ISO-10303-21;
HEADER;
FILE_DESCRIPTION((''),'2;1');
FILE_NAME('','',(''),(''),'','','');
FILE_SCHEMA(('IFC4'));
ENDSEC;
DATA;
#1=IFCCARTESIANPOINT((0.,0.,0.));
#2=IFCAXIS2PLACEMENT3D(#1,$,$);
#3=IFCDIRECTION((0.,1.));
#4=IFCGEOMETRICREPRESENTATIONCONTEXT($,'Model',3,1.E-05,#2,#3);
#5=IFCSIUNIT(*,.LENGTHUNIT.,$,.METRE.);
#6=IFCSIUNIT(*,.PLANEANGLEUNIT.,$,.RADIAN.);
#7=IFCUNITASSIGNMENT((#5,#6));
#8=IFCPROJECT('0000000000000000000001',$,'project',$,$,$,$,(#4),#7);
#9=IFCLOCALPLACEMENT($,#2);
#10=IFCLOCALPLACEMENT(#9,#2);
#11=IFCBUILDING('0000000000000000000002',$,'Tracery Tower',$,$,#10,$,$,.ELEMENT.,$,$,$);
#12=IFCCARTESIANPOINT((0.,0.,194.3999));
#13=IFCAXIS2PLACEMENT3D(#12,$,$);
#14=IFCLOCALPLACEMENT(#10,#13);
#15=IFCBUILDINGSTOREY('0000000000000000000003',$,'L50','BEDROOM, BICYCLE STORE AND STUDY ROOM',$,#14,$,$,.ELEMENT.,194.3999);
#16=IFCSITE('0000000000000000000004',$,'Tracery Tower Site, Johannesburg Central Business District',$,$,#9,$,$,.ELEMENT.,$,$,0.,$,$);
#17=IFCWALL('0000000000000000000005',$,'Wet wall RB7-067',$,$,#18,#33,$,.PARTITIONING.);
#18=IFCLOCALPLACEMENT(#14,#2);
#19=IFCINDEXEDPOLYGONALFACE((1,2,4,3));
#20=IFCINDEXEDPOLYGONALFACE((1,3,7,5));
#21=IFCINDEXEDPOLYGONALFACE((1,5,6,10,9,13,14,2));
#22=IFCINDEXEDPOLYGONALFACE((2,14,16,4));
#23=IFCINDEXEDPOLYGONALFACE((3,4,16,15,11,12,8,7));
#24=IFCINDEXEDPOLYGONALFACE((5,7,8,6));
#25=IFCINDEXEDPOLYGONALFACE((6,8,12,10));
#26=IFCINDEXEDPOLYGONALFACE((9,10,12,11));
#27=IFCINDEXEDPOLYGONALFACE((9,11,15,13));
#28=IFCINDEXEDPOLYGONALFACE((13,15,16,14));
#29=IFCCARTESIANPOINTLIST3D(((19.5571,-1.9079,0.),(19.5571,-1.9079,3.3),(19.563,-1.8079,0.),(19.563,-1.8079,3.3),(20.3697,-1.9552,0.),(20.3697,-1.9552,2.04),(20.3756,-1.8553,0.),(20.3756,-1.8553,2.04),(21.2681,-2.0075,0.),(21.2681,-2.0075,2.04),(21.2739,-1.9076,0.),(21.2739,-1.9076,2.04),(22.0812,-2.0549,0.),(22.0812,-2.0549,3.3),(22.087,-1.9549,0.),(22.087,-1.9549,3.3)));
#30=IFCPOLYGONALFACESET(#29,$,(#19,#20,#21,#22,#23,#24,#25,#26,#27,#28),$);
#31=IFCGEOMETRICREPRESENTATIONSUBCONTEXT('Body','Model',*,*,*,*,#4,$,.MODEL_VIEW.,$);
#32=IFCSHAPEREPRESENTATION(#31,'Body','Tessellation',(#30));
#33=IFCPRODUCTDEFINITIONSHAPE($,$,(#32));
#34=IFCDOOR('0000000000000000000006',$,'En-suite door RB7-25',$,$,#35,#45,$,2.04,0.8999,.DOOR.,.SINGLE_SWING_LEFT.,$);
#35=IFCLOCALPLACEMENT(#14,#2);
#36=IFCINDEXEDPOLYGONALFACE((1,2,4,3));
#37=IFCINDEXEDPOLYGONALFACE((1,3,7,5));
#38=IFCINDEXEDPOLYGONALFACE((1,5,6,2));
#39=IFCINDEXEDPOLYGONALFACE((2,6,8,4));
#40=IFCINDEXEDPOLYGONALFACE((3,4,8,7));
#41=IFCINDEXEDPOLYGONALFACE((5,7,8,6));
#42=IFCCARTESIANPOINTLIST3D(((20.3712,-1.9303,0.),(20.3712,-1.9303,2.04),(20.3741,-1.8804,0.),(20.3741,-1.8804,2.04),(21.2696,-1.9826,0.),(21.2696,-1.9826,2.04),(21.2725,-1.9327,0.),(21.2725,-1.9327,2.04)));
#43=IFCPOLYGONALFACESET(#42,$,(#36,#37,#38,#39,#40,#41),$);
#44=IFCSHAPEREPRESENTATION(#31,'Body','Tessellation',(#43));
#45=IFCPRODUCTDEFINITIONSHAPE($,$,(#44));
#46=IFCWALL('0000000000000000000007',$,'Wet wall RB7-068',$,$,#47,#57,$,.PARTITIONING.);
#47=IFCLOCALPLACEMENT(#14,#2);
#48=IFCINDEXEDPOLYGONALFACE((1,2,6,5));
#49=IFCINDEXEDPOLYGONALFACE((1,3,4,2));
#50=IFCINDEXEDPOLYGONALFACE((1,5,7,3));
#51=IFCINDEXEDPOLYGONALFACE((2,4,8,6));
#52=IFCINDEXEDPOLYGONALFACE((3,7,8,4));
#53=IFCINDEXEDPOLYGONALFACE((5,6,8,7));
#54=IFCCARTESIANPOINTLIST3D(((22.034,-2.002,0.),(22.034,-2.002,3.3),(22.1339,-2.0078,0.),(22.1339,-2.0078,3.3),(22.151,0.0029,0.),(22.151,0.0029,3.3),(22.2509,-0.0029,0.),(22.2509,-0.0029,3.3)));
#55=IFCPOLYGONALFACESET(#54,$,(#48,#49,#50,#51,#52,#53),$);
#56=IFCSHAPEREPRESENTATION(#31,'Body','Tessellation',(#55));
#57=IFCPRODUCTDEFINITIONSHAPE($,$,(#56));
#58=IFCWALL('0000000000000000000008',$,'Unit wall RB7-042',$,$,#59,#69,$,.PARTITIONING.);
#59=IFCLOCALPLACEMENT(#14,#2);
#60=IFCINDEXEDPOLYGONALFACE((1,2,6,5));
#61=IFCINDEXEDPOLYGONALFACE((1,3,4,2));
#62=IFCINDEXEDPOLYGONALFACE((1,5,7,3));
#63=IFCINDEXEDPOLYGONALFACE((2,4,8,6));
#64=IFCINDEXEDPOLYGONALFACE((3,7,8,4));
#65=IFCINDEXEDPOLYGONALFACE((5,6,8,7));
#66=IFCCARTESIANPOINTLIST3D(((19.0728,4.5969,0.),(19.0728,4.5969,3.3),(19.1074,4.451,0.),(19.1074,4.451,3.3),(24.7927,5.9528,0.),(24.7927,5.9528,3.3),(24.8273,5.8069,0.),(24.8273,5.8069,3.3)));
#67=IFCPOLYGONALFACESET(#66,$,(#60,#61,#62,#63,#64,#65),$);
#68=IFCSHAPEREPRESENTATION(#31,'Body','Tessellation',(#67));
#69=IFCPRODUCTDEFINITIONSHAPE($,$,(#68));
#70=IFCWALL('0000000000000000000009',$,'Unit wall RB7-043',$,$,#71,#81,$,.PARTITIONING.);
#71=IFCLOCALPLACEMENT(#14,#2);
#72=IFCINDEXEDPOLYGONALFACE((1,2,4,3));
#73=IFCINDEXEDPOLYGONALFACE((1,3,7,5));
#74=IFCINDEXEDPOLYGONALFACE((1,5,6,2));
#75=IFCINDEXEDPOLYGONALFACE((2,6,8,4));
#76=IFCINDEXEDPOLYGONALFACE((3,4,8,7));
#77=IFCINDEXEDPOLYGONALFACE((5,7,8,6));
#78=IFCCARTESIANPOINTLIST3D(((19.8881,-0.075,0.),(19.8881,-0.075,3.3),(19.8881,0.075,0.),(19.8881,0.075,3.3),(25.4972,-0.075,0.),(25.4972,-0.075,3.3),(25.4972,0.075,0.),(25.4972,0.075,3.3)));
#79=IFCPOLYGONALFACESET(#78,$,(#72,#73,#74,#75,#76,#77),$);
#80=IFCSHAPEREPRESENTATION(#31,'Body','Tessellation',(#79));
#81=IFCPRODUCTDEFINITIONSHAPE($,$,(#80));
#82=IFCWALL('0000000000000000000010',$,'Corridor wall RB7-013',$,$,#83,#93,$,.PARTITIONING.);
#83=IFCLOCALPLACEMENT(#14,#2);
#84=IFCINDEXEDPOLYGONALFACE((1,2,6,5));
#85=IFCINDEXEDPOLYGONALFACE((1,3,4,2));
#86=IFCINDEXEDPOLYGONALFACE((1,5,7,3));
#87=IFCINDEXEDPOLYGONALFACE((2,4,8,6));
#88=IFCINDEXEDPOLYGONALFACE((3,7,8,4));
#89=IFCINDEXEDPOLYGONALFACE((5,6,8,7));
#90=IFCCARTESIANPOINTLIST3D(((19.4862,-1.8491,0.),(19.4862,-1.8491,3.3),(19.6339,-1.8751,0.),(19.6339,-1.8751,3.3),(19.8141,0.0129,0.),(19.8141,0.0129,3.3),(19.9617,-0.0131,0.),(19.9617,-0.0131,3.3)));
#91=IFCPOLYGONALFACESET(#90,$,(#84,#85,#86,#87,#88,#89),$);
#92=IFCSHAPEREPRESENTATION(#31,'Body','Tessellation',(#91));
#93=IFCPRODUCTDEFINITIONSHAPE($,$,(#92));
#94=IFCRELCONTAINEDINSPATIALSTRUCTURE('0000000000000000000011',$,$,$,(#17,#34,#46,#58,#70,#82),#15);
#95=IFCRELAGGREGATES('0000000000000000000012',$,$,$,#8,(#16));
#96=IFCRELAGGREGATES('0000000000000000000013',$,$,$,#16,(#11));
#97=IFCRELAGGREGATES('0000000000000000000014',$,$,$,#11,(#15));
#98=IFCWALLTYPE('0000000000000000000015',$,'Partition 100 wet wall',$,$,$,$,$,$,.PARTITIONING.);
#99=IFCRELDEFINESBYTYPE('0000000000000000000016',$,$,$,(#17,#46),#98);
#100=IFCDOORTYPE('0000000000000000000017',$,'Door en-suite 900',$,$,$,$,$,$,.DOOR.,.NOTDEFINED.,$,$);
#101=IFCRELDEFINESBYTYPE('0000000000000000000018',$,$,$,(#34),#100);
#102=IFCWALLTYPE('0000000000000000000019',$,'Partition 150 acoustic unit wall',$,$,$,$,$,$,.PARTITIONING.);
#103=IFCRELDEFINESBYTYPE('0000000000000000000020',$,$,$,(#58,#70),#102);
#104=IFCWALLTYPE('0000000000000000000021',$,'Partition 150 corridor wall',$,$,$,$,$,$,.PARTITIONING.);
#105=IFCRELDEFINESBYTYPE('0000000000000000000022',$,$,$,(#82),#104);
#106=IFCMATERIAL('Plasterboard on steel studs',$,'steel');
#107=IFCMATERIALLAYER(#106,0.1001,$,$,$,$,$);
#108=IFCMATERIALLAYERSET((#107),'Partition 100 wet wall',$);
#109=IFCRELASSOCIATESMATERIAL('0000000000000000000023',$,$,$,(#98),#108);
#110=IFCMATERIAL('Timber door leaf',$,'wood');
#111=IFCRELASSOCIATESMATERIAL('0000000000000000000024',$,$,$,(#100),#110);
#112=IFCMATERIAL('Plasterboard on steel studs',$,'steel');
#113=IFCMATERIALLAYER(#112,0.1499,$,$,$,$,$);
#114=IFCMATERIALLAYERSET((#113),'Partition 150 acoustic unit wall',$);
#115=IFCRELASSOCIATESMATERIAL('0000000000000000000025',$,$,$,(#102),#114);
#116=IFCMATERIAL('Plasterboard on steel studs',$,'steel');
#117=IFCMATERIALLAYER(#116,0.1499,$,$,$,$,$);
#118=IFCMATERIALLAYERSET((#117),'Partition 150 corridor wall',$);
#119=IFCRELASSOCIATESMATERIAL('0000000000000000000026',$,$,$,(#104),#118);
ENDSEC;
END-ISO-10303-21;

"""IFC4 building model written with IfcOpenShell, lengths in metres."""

from ifc_helpers import new_model, si_unit, direction, frame, frame_2d, origin, place, context, subcontext, project, spatial, rectangle, extrude, material, layer, layer_set, type_object, element, fill, save


model = new_model("IFC4")

# Units and contexts
model_context = context("Model", 3, precision=1e-05, world=origin(), true_north=direction((0.0, 1.0)))
body_context = subcontext(model_context, "Body", "Model", "MODEL_VIEW")
ifc_project = project(units=[si_unit("LENGTHUNIT", "METRE"), si_unit("PLANEANGLEUNIT", "RADIAN")], contexts=[model_context])

# Site, building, storey
site_placement = place(None, origin())
site = spatial("IfcSite", under=ifc_project, at=site_placement, Name="Tracery Tower Site, Johannesburg Central Business District", CompositionType="ELEMENT", RefElevation=0.0)
building_placement = place(site_placement, origin())
building = spatial("IfcBuilding", under=site, at=building_placement, Name="Tracery Tower", CompositionType="ELEMENT")
storey_placement = place(building_placement, frame((0.0, 0.0, 194.3999)))
storey = spatial("IfcBuildingStorey", under=building, at=storey_placement, Name="L50", Description="BEDROOM, BICYCLE STORE AND STUDY ROOM", CompositionType="ELEMENT", Elevation=194.3999)

# Shared definitions
ifc_material_1 = material(Name="Plasterboard on steel studs", Category="steel")
ifc_layer_1 = layer(ifc_material_1, 0.1001)
ifc_layer_set_1 = layer_set([ifc_layer_1], Name="Partition 100 wet wall")
wall_type_1 = type_object("IfcWallType", Name="Partition 100 wet wall", PredefinedType="PARTITIONING", material=ifc_layer_set_1)

# Wall, opening, door
ifc_material_2 = material(Name="Timber door leaf", Category="wood")
door_type = type_object("IfcDoorType", Name="Door en-suite 900", OperationType="NOTDEFINED", PredefinedType="DOOR", material=ifc_material_2)
wall_1_placement = place(storey_placement, frame((19.5601, -1.8579, 0.0), z_axis=(0.0, 0.0, 1.0), x_axis=(0.998309, -0.058133, 0.0)))
wall_1 = element("IfcWall", 1, at=wall_1_placement, inside=storey, type_object=wall_type_1, Name="Wet wall RB7-067", PredefinedType="PARTITIONING", context=body_context, shape_type="SweptSolid", body=[
    extrude(rectangle(XDim=2.5283, YDim=0.1001, at=frame_2d((1.2642, 0.0))), origin(), (0.0, 0.0, 1.0), 3.3),
])
opening_1_placement = place(wall_1_placement, frame((0.814, 0.0, 0.0)))
opening_1 = element("IfcOpeningElement", 2, at=opening_1_placement, cuts=wall_1, PredefinedType="OPENING", context=body_context, shape_type="SweptSolid", body=[
    extrude(rectangle(XDim=0.8999, YDim=2.04, at=frame_2d((0.45, 1.02))), frame((0.0, 0.05, 0.0), z_axis=(0.0, -1.0, 0.0), x_axis=(1.0, 0.0, 0.0)), (0.0, 0.0, 1.0), 0.1001),
])
door_1_placement = place(opening_1_placement, origin())
door_1 = element("IfcDoor", 3, at=door_1_placement, inside=storey, type_object=door_type, Name="En-suite door RB7-25", OperationType="SINGLE_SWING_LEFT", OverallHeight=2.04, OverallWidth=0.8999, PredefinedType="DOOR", context=body_context, shape_type="SweptSolid", body=[
    extrude(rectangle(XDim=0.8999, YDim=2.04, at=frame_2d((0.45, 1.02))), frame((0.0, 0.0249, 0.0), z_axis=(0.0, -1.0, 0.0), x_axis=(1.0, 0.0, 0.0)), (0.0, 0.0, 1.0), 0.05),
])
fill(opening_1, door_1)

# Walls
wall_2_placement = place(storey_placement, frame((22.084, -2.0049, 0.0), z_axis=(0.0, 0.0, 1.0), x_axis=(0.05823, 0.998303, 0.0)))
element("IfcWall", 4, at=wall_2_placement, inside=storey, type_object=wall_type_1, Name="Wet wall RB7-068", PredefinedType="PARTITIONING", context=body_context, shape_type="SweptSolid", body=[
    extrude(rectangle(XDim=2.0083, YDim=0.1001, at=frame_2d((1.0042, 0.0))), origin(), (0.0, 0.0, 1.0), 3.3),
])
ifc_material_3 = material(Name="Plasterboard on steel studs", Category="steel")
ifc_layer_2 = layer(ifc_material_3, 0.1499)
ifc_layer_set_2 = layer_set([ifc_layer_2], Name="Partition 150 acoustic unit wall")
wall_type_2 = type_object("IfcWallType", Name="Partition 150 acoustic unit wall", PredefinedType="PARTITIONING", material=ifc_layer_set_2)
wall_3_placement = place(storey_placement, frame((19.0901, 4.5239, 0.0), z_axis=(0.0, 0.0, 1.0), x_axis=(0.973033, 0.230664, 0.0)))
element("IfcWall", 5, at=wall_3_placement, inside=storey, type_object=wall_type_2, Name="Unit wall RB7-042", PredefinedType="PARTITIONING", context=body_context, shape_type="SweptSolid", body=[
    extrude(rectangle(XDim=5.8784, YDim=0.1499, at=frame_2d((2.9392, 0.0))), origin(), (0.0, 0.0, 1.0), 3.3),
])
wall_4_placement = place(storey_placement, frame((19.8879, 0.0, 0.0), z_axis=(0.0, 0.0, 1.0), x_axis=(1.0, 0.0, 0.0)))
element("IfcWall", 6, at=wall_4_placement, inside=storey, type_object=wall_type_2, Name="Unit wall RB7-043", PredefinedType="PARTITIONING", context=body_context, shape_type="SweptSolid", body=[
    extrude(rectangle(XDim=5.6091, YDim=0.1499, at=frame_2d((2.8047, 0.0))), origin(), (0.0, 0.0, 1.0), 3.3),
])
ifc_material_4 = material(Name="Plasterboard on steel studs", Category="steel")
ifc_layer_3 = layer(ifc_material_4, 0.1499)
ifc_layer_set_3 = layer_set([ifc_layer_3], Name="Partition 150 corridor wall")
wall_type_3 = type_object("IfcWallType", Name="Partition 150 corridor wall", PredefinedType="PARTITIONING", material=ifc_layer_set_3)
wall_5_placement = place(storey_placement, frame((19.5601, -1.8621, 0.0), z_axis=(0.0, 0.0, 1.0), x_axis=(0.173417, 0.984848, 0.0)))
element("IfcWall", 7, at=wall_5_placement, inside=storey, type_object=wall_type_3, Name="Corridor wall RB7-013", PredefinedType="PARTITIONING", context=body_context, shape_type="SweptSolid", body=[
    extrude(rectangle(XDim=1.8906, YDim=0.1499, at=frame_2d((0.9453, 0.0))), origin(), (0.0, 0.0, 1.0), 3.3),
])

save(model, "model.ifc")
